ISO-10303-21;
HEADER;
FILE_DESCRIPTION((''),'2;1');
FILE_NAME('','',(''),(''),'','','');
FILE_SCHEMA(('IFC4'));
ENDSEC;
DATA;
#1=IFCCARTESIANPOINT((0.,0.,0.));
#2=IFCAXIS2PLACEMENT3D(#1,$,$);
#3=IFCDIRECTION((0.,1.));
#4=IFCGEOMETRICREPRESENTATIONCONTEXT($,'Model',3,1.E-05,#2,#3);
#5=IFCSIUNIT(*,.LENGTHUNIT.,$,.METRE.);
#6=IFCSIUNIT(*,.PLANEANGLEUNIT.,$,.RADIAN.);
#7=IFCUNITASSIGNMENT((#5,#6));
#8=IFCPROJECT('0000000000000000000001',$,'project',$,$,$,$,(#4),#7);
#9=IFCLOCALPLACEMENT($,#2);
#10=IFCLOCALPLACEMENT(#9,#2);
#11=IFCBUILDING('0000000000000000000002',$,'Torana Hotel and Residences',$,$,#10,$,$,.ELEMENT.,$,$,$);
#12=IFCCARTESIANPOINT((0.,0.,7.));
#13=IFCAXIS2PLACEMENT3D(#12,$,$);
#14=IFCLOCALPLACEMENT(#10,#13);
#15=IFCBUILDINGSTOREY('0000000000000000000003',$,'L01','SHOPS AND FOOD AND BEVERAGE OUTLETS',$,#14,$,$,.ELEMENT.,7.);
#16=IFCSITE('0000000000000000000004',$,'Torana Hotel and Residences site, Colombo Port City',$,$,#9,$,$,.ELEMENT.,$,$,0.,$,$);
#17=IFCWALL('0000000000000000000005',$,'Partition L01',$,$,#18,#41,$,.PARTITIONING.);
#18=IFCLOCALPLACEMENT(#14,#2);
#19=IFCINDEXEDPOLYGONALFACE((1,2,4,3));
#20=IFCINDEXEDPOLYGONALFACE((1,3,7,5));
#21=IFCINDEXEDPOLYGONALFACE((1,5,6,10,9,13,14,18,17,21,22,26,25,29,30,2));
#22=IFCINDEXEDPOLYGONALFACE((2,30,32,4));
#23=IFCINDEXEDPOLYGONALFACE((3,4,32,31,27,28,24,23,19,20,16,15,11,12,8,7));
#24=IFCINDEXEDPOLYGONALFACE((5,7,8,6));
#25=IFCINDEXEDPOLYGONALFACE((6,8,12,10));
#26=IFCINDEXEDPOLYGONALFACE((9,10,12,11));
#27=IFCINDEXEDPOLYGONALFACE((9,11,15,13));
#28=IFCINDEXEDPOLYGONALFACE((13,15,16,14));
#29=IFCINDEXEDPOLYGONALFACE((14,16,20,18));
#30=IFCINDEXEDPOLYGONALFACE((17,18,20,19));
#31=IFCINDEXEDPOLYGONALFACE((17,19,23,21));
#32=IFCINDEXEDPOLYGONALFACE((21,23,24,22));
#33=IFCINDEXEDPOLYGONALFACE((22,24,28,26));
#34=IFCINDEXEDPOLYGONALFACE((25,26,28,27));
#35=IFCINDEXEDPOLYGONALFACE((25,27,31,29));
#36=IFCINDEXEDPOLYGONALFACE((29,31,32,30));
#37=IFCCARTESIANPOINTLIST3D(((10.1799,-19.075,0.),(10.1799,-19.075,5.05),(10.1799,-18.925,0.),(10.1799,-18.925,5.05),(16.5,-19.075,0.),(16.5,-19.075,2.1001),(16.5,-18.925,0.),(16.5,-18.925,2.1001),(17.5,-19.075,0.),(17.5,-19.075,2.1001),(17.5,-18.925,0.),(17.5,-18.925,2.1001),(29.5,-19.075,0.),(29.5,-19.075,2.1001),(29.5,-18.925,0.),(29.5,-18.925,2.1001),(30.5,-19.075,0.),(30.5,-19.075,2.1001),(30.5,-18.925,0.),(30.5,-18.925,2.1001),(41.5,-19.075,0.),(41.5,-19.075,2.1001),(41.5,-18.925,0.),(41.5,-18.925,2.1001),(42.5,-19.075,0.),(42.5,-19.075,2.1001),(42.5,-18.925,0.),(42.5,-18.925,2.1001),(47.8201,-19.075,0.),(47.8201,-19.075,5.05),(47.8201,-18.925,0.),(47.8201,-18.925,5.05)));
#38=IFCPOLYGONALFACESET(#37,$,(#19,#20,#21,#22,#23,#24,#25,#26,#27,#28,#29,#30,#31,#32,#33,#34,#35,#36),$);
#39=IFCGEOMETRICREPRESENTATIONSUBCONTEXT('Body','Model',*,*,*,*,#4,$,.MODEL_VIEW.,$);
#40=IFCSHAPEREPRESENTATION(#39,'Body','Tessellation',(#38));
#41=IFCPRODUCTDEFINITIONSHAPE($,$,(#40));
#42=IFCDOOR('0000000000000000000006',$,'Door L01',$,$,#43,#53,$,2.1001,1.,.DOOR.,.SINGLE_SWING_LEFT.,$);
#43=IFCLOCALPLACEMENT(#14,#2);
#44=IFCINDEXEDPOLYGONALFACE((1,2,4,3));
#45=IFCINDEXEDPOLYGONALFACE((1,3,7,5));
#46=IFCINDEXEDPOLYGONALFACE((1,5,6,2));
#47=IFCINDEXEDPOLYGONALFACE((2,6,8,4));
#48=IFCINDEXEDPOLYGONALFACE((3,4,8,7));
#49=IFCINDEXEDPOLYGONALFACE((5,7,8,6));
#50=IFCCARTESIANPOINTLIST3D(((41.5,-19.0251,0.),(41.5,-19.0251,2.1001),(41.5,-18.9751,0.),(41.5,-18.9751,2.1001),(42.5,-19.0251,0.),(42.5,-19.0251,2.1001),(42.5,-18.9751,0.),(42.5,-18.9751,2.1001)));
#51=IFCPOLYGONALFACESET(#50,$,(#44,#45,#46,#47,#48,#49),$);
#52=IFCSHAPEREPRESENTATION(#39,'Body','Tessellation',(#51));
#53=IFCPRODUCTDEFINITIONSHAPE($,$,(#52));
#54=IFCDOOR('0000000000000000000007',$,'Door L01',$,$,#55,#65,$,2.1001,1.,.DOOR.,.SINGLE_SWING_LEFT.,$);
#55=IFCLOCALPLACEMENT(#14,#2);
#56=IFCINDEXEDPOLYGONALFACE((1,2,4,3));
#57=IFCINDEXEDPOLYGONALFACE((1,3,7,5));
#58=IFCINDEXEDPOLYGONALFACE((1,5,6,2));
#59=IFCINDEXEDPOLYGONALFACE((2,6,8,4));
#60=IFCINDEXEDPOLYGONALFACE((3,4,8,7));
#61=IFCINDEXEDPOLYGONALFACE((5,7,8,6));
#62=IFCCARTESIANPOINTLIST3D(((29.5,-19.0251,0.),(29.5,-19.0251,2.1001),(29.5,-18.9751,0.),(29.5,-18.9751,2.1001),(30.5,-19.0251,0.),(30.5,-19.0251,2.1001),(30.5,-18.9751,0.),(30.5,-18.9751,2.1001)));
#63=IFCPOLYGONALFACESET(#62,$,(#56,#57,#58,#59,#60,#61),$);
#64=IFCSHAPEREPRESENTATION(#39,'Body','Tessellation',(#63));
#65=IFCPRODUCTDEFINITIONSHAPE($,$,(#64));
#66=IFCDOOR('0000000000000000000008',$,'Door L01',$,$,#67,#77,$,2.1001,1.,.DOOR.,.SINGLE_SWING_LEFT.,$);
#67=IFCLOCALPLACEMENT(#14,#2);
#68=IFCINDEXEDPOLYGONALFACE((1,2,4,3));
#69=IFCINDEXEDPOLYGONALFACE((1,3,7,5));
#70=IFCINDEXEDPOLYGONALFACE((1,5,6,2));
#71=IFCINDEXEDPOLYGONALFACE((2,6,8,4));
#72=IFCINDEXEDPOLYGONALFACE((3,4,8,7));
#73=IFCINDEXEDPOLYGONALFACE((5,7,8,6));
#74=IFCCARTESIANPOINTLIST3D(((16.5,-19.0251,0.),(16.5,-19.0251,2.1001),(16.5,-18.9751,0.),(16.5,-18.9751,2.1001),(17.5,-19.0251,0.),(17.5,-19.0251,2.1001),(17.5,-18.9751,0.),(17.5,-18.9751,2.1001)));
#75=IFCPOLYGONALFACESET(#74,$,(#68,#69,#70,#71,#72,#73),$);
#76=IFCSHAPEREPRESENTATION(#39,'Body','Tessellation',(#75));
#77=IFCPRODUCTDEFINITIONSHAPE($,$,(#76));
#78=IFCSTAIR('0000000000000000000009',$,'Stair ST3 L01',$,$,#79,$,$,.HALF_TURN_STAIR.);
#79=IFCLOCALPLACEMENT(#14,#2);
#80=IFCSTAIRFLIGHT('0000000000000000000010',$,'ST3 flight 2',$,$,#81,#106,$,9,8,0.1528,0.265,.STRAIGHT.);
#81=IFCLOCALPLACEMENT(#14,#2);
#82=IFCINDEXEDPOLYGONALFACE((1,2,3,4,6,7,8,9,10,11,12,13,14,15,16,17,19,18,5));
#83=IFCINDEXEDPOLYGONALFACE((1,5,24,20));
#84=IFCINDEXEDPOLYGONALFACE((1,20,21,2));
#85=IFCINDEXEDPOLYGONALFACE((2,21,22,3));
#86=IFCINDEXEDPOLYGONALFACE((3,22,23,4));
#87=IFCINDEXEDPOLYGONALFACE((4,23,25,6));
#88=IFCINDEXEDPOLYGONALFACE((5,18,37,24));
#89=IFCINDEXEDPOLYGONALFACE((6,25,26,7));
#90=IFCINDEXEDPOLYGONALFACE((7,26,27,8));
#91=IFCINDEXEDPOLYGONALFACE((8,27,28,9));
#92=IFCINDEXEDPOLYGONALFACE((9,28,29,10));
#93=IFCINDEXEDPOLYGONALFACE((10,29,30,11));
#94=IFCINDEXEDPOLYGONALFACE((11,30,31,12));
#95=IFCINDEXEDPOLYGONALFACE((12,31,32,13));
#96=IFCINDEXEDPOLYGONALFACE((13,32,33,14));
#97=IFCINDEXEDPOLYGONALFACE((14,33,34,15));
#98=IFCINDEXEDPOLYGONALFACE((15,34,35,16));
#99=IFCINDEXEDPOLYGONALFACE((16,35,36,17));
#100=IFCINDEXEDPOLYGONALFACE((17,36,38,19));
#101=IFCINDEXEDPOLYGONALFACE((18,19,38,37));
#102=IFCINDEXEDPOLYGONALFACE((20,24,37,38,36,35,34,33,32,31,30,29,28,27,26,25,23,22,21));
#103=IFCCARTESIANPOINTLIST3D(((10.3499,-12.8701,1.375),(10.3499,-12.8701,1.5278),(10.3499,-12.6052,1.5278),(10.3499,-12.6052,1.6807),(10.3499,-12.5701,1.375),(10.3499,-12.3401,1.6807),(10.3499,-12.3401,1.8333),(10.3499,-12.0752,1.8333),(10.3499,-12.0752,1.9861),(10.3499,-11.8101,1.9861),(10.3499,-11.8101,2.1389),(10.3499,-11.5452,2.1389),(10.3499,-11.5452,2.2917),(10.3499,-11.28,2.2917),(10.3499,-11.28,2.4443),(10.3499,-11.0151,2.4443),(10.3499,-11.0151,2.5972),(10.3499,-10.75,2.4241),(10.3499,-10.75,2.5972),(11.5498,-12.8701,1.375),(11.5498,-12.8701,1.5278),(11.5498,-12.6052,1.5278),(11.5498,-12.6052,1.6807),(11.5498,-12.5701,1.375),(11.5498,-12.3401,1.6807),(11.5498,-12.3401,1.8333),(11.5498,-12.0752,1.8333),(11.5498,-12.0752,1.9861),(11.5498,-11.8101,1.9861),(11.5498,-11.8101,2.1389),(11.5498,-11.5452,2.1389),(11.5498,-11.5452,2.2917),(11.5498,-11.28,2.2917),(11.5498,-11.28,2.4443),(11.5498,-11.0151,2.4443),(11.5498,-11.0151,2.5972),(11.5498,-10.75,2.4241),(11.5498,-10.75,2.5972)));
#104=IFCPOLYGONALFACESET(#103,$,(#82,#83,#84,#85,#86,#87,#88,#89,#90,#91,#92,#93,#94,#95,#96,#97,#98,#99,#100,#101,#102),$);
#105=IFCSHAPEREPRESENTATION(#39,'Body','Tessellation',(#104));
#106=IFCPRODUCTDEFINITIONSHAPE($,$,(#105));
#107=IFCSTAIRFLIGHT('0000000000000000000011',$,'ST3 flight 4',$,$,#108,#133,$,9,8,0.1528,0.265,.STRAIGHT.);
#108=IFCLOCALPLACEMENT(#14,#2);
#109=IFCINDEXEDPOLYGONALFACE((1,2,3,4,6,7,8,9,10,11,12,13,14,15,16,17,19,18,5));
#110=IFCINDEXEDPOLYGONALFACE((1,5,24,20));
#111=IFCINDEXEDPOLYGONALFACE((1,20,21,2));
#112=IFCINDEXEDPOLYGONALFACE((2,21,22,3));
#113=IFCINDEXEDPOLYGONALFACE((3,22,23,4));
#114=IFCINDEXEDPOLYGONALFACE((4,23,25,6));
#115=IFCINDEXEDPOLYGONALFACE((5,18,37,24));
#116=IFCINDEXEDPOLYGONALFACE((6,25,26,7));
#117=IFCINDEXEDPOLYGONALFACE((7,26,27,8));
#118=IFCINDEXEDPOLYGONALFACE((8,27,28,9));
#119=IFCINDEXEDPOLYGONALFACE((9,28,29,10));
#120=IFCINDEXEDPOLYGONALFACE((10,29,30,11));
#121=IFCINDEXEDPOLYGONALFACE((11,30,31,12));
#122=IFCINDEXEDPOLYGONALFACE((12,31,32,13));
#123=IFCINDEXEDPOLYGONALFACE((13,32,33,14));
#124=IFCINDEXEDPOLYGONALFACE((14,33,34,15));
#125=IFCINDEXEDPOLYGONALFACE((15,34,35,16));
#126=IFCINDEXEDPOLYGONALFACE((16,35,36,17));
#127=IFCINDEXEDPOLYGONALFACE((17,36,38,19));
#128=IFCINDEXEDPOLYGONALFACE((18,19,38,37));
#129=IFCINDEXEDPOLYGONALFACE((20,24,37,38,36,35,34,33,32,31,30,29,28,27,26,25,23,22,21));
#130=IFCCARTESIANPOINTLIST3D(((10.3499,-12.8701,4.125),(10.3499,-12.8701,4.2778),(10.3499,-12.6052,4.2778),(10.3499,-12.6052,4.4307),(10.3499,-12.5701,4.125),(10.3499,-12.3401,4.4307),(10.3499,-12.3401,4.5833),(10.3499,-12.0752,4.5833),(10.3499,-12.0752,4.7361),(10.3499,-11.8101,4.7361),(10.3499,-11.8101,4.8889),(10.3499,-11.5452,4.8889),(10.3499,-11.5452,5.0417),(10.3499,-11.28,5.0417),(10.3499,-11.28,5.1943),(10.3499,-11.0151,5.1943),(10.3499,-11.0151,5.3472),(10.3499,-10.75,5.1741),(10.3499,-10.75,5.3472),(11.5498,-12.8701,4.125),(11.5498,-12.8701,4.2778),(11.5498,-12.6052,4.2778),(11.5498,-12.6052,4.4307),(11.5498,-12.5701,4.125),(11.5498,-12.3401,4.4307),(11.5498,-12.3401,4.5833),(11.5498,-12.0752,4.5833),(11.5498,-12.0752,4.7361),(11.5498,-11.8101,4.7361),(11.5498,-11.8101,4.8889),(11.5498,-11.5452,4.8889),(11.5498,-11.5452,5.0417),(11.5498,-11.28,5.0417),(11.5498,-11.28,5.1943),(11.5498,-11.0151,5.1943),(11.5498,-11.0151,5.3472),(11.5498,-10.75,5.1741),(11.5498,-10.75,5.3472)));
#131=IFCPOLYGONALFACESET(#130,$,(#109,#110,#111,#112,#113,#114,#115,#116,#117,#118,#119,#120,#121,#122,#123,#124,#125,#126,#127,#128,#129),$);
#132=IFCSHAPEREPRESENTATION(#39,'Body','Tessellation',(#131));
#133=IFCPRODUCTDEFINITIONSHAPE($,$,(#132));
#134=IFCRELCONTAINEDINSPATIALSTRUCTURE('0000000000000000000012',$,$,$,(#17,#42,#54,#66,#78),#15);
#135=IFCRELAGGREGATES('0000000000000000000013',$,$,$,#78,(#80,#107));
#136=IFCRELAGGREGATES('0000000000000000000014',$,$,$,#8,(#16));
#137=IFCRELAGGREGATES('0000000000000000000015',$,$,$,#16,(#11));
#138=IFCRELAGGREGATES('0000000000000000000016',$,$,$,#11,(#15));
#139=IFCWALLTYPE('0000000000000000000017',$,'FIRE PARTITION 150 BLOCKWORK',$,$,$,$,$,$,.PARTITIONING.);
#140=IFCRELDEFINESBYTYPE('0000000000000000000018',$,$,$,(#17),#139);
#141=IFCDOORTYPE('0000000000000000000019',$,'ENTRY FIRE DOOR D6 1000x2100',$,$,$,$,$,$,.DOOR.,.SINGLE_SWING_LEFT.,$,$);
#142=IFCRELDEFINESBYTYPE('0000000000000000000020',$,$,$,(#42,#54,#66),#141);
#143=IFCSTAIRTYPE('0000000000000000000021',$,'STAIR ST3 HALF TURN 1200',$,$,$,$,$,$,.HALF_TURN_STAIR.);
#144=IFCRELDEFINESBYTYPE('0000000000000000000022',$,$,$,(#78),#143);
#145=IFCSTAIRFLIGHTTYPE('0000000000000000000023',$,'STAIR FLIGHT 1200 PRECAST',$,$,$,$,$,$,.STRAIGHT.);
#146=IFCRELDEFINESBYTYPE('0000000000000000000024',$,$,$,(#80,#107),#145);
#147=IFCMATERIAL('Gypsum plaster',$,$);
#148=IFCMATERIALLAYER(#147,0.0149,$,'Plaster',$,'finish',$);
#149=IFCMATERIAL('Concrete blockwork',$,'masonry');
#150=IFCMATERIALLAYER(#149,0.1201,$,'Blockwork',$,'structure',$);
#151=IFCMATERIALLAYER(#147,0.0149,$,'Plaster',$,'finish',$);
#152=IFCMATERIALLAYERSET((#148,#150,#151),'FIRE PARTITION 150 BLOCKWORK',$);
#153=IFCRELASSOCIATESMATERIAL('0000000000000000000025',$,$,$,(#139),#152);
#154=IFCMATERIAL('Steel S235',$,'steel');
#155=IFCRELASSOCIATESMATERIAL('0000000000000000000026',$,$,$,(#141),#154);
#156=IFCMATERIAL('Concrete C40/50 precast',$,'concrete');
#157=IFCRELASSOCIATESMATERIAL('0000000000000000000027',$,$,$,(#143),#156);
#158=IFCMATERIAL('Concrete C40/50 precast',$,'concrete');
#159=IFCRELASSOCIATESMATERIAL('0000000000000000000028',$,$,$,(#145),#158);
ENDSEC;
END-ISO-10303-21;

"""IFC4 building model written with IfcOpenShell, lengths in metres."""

from ifc_helpers import new_model, si_unit, direction, frame, frame_2d, origin, place, context, subcontext, project, spatial, polyline, rectangle, outline, extrude, material, layer, layer_set, type_object, element, fill, aggregate, save


model = new_model("IFC4")

# Units and contexts
model_context = context("Model", 3, precision=1e-05, world=origin(), true_north=direction((0.0, 1.0)))
body_context = subcontext(model_context, "Body", "Model", "MODEL_VIEW")
ifc_project = project(units=[si_unit("LENGTHUNIT", "METRE"), si_unit("PLANEANGLEUNIT", "RADIAN")], contexts=[model_context])

# Site, building, storey
site_placement = place(None, origin())
site = spatial("IfcSite", under=ifc_project, at=site_placement, Name="Torana Hotel and Residences site, Colombo Port City", CompositionType="ELEMENT", RefElevation=0.0)
building_placement = place(site_placement, origin())
building = spatial("IfcBuilding", under=site, at=building_placement, Name="Torana Hotel and Residences", CompositionType="ELEMENT")
storey_placement = place(building_placement, frame((0.0, 0.0, 7.0)))
storey = spatial("IfcBuildingStorey", under=building, at=storey_placement, Name="L01", Description="SHOPS AND FOOD AND BEVERAGE OUTLETS", CompositionType="ELEMENT", Elevation=7.0)

# Wall, openings, doors
ifc_material_1 = material(Name="Gypsum plaster")
ifc_layer_1 = layer(ifc_material_1, 0.0149, Name="Plaster", Category="finish")
ifc_material_2 = material(Name="Concrete blockwork", Category="masonry")
ifc_layer_2 = layer(ifc_material_2, 0.1201, Name="Blockwork", Category="structure")
ifc_layer_3 = layer(ifc_material_1, 0.0149, Name="Plaster", Category="finish")
ifc_layer_set_1 = layer_set([ifc_layer_1, ifc_layer_2, ifc_layer_3], Name="FIRE PARTITION 150 BLOCKWORK")
wall_type_1 = type_object("IfcWallType", Name="FIRE PARTITION 150 BLOCKWORK", PredefinedType="PARTITIONING", material=ifc_layer_set_1)
wall_1_placement = place(storey_placement, frame((10.1799, -19.0, 0.0), z_axis=(0.0, 0.0, 1.0), x_axis=(1.0, 0.0, 0.0)))
wall_1 = element("IfcWall", 1, at=wall_1_placement, inside=storey, type_object=wall_type_1, Name="Partition L01", PredefinedType="PARTITIONING", context=body_context, shape_type="SweptSolid", body=[
    extrude(rectangle(XDim=37.6401, YDim=0.1499, at=frame_2d((18.8201, 0.0))), origin(), (0.0, 0.0, 1.0), 5.05),
])
opening_1_placement = place(wall_1_placement, frame((31.3201, 0.0, 0.0)))
opening_1 = element("IfcOpeningElement", 2, at=opening_1_placement, cuts=wall_1, PredefinedType="OPENING", context=body_context, shape_type="SweptSolid", body=[
    extrude(rectangle(XDim=1.0, YDim=2.1001, at=frame_2d((0.5, 1.05))), frame((0.0, 0.085, 0.0), z_axis=(0.0, -1.0, 0.0), x_axis=(1.0, 0.0, 0.0)), (0.0, 0.0, 1.0), 0.1699),
])
opening_2_placement = place(wall_1_placement, frame((19.3201, 0.0, 0.0)))
opening_2 = element("IfcOpeningElement", 3, at=opening_2_placement, cuts=wall_1, PredefinedType="OPENING", context=body_context, shape_type="SweptSolid", body=[
    extrude(rectangle(XDim=1.0, YDim=2.1001, at=frame_2d((0.5, 1.05))), frame((0.0, 0.085, 0.0), z_axis=(0.0, -1.0, 0.0), x_axis=(1.0, 0.0, 0.0)), (0.0, 0.0, 1.0), 0.1699),
])
opening_3_placement = place(wall_1_placement, frame((6.3201, 0.0, 0.0)))
opening_3 = element("IfcOpeningElement", 4, at=opening_3_placement, cuts=wall_1, PredefinedType="OPENING", context=body_context, shape_type="SweptSolid", body=[
    extrude(rectangle(XDim=1.0, YDim=2.1001, at=frame_2d((0.5, 1.05))), frame((0.0, 0.085, 0.0), z_axis=(0.0, -1.0, 0.0), x_axis=(1.0, 0.0, 0.0)), (0.0, 0.0, 1.0), 0.1699),
])
ifc_material_3 = material(Name="Steel S235", Category="steel")
door_type_1 = type_object("IfcDoorType", Name="ENTRY FIRE DOOR D6 1000x2100", OperationType="SINGLE_SWING_LEFT", PredefinedType="DOOR", material=ifc_material_3)
door_1_placement = place(opening_1_placement, frame((0.5, 0.0, 0.0), z_axis=(0.0, 0.0, 1.0), x_axis=(-1.0, 0.0, 0.0)))
door_1 = element("IfcDoor", 5, at=door_1_placement, inside=storey, type_object=door_type_1, Name="Door L01", OperationType="SINGLE_SWING_LEFT", OverallHeight=2.1001, OverallWidth=1.0, PredefinedType="DOOR", context=body_context, shape_type="SweptSolid", body=[
    extrude(rectangle(XDim=1.0, YDim=2.1001, at=frame_2d((0.0, 1.05))), frame((0.0, -0.0249, 0.0), z_axis=(0.0, 1.0, 0.0), x_axis=(-1.0, 0.0, 0.0)), (0.0, 0.0, 1.0), 0.05),
])
fill(opening_1, door_1)
door_2_placement = place(opening_2_placement, frame((0.5, 0.0, 0.0), z_axis=(0.0, 0.0, 1.0), x_axis=(-1.0, 0.0, 0.0)))
door_2 = element("IfcDoor", 6, at=door_2_placement, inside=storey, type_object=door_type_1, Name="Door L01", OperationType="SINGLE_SWING_LEFT", OverallHeight=2.1001, OverallWidth=1.0, PredefinedType="DOOR", context=body_context, shape_type="SweptSolid", body=[
    extrude(rectangle(XDim=1.0, YDim=2.1001, at=frame_2d((0.0, 1.05))), frame((0.0, -0.0249, 0.0), z_axis=(0.0, 1.0, 0.0), x_axis=(-1.0, 0.0, 0.0)), (0.0, 0.0, 1.0), 0.05),
])
fill(opening_2, door_2)
door_3_placement = place(opening_3_placement, frame((0.5, 0.0, 0.0), z_axis=(0.0, 0.0, 1.0), x_axis=(-1.0, 0.0, 0.0)))
door_3 = element("IfcDoor", 7, at=door_3_placement, inside=storey, type_object=door_type_1, Name="Door L01", OperationType="SINGLE_SWING_LEFT", OverallHeight=2.1001, OverallWidth=1.0, PredefinedType="DOOR", context=body_context, shape_type="SweptSolid", body=[
    extrude(rectangle(XDim=1.0, YDim=2.1001, at=frame_2d((0.0, 1.05))), frame((0.0, -0.0249, 0.0), z_axis=(0.0, 1.0, 0.0), x_axis=(-1.0, 0.0, 0.0)), (0.0, 0.0, 1.0), 0.05),
])
fill(opening_3, door_3)

# Stair, stair flights
ifc_material_4 = material(Name="Concrete C40/50 precast", Category="concrete")
stair_type = type_object("IfcStairType", Name="STAIR ST3 HALF TURN 1200", PredefinedType="HALF_TURN_STAIR", material=ifc_material_4)
stair_placement = place(storey_placement, origin())
stair = element("IfcStair", 8, at=stair_placement, inside=storey, type_object=stair_type, Name="Stair ST3 L01", PredefinedType="HALF_TURN_STAIR")
ifc_material_5 = material(Name="Concrete C40/50 precast", Category="concrete")
stair_flight_type = type_object("IfcStairFlightType", Name="STAIR FLIGHT 1200 PRECAST", PredefinedType="STRAIGHT", material=ifc_material_5)
stair_flight_1_placement = place(storey_placement, frame((10.95, -12.8701, 1.375), z_axis=(0.0, 0.0, 1.0), x_axis=(0.0, 1.0, 0.0)))
stair_flight_1 = element("IfcStairFlight", 9, at=stair_flight_1_placement, type_object=stair_flight_type, Name="ST3 flight 2", NumberOfRisers=9, NumberOfTreads=8, PredefinedType="STRAIGHT", RiserHeight=0.1528, TreadLength=0.265, context=body_context, shape_type="SweptSolid", body=[
    extrude(outline(polyline([(0.0, 0.0), (0.0, 0.1528), (0.2649, 0.1528), (0.2649, 0.3057), (0.53, 0.3057), (0.53, 0.4583), (0.7949, 0.4583), (0.7949, 0.6111), (1.0601, 0.6111), (1.0601, 0.7639), (1.325, 0.7639), (1.325, 0.9167), (1.5901, 0.9167), (1.5901, 1.0693), (1.855, 1.0693), (1.855, 1.2222), (2.1201, 1.2222), (2.1201, 1.375), (2.1201, 1.0491), (0.3, 0.0), (0.0, 0.0)])), frame((0.0, 0.6001, 0.0), z_axis=(0.0, -1.0, 0.0), x_axis=(1.0, 0.0, 0.0)), (0.0, 0.0, 1.0), 1.2),
])
stair_flight_2_placement = place(storey_placement, frame((10.95, -12.8701, 4.125), z_axis=(0.0, 0.0, 1.0), x_axis=(0.0, 1.0, 0.0)))
stair_flight_2 = element("IfcStairFlight", 10, at=stair_flight_2_placement, type_object=stair_flight_type, Name="ST3 flight 4", NumberOfRisers=9, NumberOfTreads=8, PredefinedType="STRAIGHT", RiserHeight=0.1528, TreadLength=0.265, context=body_context, shape_type="SweptSolid", body=[
    extrude(outline(polyline([(0.0, 0.0), (0.0, 0.1528), (0.2649, 0.1528), (0.2649, 0.3057), (0.53, 0.3057), (0.53, 0.4583), (0.7949, 0.4583), (0.7949, 0.6111), (1.0601, 0.6111), (1.0601, 0.7639), (1.325, 0.7639), (1.325, 0.9167), (1.5901, 0.9167), (1.5901, 1.0693), (1.855, 1.0693), (1.855, 1.2222), (2.1201, 1.2222), (2.1201, 1.375), (2.1201, 1.0491), (0.3, 0.0), (0.0, 0.0)])), frame((0.0, 0.6001, 0.0), z_axis=(0.0, -1.0, 0.0), x_axis=(1.0, 0.0, 0.0)), (0.0, 0.0, 1.0), 1.2),
])
aggregate(stair, [stair_flight_1, stair_flight_2])

save(model, "model.ifc")
